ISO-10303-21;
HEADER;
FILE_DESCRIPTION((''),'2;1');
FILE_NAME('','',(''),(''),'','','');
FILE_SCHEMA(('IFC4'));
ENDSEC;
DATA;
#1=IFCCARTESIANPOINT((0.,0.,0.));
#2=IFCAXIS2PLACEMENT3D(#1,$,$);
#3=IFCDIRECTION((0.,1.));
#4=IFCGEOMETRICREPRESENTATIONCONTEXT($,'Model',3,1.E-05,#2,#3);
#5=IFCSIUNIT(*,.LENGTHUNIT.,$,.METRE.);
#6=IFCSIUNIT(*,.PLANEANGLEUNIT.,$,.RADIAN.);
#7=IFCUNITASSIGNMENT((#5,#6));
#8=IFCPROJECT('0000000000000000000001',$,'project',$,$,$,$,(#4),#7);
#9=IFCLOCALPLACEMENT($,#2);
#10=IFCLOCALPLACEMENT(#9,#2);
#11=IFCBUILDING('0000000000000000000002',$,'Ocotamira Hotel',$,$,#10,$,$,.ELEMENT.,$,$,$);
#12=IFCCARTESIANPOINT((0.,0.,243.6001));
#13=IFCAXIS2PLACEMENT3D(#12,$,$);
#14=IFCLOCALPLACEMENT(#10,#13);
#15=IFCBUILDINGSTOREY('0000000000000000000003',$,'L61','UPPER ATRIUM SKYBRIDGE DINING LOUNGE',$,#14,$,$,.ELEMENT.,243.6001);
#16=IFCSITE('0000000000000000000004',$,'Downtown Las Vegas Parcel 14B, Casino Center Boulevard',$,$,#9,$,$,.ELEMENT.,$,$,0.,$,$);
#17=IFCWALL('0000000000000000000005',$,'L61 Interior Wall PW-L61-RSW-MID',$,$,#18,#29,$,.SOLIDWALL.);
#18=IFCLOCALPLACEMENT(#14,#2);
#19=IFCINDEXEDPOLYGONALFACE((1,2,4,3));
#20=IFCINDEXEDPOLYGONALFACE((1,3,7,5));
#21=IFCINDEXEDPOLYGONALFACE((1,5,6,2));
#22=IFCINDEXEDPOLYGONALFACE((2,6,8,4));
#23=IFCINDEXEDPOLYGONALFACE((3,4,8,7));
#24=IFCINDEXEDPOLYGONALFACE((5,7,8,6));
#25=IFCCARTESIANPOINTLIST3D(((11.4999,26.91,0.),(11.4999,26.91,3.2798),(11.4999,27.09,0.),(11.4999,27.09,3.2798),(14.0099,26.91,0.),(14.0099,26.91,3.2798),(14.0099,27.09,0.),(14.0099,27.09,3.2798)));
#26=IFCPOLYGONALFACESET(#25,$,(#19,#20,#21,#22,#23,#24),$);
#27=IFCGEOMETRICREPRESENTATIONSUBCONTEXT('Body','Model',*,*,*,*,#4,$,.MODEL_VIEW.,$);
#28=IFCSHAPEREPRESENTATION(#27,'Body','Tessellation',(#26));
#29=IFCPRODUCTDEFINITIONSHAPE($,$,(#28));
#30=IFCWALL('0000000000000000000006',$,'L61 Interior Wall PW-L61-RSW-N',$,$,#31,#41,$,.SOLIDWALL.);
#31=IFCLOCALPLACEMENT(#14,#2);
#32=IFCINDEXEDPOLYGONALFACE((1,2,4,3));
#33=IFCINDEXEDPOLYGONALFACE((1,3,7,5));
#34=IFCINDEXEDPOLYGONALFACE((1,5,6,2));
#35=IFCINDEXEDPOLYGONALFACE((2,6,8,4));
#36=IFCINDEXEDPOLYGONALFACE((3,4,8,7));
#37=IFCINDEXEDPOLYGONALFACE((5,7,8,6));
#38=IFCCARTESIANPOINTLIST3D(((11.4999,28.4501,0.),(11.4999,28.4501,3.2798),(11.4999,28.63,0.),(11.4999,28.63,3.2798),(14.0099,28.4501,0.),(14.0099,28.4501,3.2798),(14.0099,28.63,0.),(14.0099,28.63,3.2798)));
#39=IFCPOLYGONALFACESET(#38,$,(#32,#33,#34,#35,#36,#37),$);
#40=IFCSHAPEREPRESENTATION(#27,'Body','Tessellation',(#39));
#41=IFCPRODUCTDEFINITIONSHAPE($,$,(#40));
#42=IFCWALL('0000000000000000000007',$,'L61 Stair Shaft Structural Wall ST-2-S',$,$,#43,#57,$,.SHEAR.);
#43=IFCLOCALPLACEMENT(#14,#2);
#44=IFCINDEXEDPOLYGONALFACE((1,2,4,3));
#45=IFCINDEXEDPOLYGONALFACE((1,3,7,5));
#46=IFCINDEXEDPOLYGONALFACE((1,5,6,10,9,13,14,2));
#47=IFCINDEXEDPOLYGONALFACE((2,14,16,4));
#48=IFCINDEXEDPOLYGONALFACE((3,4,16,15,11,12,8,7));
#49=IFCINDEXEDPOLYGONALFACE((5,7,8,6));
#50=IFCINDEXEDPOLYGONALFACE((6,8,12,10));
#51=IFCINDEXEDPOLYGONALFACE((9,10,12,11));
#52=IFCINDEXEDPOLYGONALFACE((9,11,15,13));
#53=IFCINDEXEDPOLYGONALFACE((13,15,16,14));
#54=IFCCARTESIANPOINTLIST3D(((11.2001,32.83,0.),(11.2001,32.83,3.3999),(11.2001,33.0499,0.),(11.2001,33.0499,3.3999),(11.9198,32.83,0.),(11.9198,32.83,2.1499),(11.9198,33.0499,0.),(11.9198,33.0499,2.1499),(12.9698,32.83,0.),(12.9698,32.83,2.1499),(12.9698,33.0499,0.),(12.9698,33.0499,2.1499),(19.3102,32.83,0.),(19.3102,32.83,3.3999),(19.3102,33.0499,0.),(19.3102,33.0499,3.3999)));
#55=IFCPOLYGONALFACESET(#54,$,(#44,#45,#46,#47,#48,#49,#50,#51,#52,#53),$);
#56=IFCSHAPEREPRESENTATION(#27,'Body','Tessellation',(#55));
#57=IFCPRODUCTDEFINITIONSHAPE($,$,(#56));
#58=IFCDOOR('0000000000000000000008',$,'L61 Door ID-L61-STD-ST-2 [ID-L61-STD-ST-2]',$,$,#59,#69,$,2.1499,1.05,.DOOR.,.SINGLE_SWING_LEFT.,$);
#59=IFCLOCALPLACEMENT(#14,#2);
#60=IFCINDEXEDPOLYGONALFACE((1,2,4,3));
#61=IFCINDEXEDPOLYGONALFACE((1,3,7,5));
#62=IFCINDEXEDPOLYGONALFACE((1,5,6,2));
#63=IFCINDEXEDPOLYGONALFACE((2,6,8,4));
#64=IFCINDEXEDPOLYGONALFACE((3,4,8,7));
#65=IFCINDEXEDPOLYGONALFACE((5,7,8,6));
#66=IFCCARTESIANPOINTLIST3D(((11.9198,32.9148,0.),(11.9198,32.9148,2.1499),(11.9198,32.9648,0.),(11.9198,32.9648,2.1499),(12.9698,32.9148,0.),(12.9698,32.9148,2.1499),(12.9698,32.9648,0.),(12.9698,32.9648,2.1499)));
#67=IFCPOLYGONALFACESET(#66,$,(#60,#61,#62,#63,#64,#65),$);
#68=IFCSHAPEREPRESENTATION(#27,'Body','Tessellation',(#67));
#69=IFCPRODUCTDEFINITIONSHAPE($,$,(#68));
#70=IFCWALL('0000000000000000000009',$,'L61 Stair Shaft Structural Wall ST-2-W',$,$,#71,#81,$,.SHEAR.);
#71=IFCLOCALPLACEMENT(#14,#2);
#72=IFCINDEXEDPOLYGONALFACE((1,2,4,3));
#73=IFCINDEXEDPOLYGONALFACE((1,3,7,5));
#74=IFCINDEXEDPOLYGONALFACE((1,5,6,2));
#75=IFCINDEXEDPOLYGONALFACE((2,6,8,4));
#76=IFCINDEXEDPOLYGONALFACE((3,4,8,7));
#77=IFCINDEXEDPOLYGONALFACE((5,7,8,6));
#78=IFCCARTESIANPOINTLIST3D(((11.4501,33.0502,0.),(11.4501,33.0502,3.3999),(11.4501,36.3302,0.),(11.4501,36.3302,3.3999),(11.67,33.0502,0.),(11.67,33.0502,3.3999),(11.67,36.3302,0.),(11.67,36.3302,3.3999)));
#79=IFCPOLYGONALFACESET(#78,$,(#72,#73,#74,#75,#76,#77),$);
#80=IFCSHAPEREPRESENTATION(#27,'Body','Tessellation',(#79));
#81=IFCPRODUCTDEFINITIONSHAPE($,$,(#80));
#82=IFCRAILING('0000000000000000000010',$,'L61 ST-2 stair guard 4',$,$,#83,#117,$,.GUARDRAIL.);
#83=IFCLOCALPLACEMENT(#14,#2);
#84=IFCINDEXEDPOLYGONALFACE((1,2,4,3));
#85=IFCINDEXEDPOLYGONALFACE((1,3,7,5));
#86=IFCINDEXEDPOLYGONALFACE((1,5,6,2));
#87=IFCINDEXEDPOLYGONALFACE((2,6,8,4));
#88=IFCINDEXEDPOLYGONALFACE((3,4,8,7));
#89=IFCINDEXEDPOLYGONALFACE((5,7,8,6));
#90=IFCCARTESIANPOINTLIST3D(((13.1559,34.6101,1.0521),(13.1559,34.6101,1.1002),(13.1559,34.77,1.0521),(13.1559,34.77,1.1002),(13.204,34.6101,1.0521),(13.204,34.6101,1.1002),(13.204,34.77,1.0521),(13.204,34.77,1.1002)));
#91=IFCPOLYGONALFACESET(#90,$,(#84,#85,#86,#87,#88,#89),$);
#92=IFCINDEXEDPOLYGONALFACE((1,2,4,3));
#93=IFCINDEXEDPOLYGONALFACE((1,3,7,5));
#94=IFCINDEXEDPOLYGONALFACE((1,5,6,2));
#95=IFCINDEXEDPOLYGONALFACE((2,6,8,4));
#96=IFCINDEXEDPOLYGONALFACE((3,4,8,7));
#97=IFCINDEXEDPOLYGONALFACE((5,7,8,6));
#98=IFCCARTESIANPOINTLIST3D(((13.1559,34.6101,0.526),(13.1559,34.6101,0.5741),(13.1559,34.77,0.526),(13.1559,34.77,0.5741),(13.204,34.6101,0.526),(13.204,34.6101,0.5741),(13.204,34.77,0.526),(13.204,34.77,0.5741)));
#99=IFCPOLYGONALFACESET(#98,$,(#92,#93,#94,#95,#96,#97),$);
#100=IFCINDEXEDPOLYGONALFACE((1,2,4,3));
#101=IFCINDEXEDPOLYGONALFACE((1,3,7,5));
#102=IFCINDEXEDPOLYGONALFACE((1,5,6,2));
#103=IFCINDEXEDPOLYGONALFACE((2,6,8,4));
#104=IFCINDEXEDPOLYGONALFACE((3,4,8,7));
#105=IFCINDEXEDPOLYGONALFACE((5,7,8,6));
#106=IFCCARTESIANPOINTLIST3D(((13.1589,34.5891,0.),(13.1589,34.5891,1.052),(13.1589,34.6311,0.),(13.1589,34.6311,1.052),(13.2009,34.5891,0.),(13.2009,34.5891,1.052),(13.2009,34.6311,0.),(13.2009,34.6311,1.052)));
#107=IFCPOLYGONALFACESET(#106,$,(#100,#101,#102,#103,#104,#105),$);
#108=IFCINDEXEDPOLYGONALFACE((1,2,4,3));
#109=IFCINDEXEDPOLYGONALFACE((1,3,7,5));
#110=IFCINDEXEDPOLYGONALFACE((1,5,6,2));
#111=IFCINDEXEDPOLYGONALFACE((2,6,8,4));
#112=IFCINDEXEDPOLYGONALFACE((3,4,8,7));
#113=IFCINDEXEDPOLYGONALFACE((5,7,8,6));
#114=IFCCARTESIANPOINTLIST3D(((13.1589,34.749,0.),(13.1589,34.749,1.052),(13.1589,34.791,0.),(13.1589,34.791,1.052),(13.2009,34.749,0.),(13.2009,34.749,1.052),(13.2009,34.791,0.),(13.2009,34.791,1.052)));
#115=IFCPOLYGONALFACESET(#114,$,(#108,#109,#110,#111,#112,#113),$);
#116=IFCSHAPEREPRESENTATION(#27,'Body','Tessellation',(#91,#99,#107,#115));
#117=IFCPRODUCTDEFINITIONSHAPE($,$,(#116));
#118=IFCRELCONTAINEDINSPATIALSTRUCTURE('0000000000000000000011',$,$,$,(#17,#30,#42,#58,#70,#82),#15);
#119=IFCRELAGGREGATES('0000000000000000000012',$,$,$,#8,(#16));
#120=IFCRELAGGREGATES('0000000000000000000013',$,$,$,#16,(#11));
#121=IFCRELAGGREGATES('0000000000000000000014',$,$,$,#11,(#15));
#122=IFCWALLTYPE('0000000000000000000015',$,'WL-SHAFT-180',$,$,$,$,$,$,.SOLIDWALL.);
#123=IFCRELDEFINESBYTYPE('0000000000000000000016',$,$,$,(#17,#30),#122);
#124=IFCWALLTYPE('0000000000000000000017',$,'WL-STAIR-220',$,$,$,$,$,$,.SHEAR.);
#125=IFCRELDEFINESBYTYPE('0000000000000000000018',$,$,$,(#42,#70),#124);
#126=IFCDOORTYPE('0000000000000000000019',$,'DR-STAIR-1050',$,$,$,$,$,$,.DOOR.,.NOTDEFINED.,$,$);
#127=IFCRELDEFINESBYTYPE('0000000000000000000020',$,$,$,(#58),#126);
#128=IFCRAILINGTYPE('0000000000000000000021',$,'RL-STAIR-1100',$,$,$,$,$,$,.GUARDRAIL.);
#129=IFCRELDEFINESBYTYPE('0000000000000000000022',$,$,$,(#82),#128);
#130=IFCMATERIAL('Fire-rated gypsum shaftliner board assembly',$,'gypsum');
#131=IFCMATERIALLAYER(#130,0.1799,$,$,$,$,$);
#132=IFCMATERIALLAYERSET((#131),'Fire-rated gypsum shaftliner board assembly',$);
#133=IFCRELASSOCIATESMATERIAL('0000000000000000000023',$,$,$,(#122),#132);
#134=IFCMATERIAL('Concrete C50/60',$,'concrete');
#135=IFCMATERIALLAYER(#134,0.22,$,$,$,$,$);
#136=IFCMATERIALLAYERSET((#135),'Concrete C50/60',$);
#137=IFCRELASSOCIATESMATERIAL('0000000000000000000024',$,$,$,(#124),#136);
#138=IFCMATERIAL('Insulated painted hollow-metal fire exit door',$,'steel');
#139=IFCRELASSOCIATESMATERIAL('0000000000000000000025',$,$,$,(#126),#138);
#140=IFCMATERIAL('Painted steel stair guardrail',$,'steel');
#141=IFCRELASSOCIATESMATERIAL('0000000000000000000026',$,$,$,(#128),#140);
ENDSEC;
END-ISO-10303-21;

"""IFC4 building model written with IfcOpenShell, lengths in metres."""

from ifc_helpers import new_model, si_unit, direction, frame, frame_2d, origin, origin_2d, place, context, subcontext, project, spatial, rectangle, extrude, source, transform, mapped, material, layer, layer_set, type_object, element, fill, save


model = new_model("IFC4")

# Units and contexts
model_context = context("Model", 3, precision=1e-05, world=origin(), true_north=direction((0.0, 1.0)))
body_context = subcontext(model_context, "Body", "Model", "MODEL_VIEW")
ifc_project = project(units=[si_unit("LENGTHUNIT", "METRE"), si_unit("PLANEANGLEUNIT", "RADIAN")], contexts=[model_context])

# Site, building, storey
site_placement = place(None, origin())
site = spatial("IfcSite", under=ifc_project, at=site_placement, Name="Downtown Las Vegas Parcel 14B, Casino Center Boulevard", CompositionType="ELEMENT", RefElevation=0.0)
building_placement = place(site_placement, origin())
building = spatial("IfcBuilding", under=site, at=building_placement, Name="Ocotamira Hotel", CompositionType="ELEMENT")
storey_placement = place(building_placement, frame((0.0, 0.0, 243.6001)))
storey = spatial("IfcBuildingStorey", under=building, at=storey_placement, Name="L61", Description="UPPER ATRIUM SKYBRIDGE DINING LOUNGE", CompositionType="ELEMENT", Elevation=243.6001)

# Walls
ifc_material_1 = material(Name="Fire-rated gypsum shaftliner board assembly", Category="gypsum")
ifc_layer_1 = layer(ifc_material_1, 0.1799)
ifc_layer_set_1 = layer_set([ifc_layer_1], Name="Fire-rated gypsum shaftliner board assembly")
wall_type_1 = type_object("IfcWallType", Name="WL-SHAFT-180", PredefinedType="SOLIDWALL", material=ifc_layer_set_1)
for number, where, z_axis, x_axis, name in (
    (1, (11.5, 27.0, 0.0), (0.0, 0.0, 1.0), (1.0, 0.0, 0.0), "L61 Interior Wall PW-L61-RSW-MID"),
    (2, (11.5, 28.54, 0.0), (0.0, 0.0, 1.0), (1.0, 0.0, 0.0), "L61 Interior Wall PW-L61-RSW-N"),
):
    element("IfcWall", number, at=place(storey_placement, frame(where, z_axis=z_axis, x_axis=x_axis)), inside=storey, type_object=wall_type_1, Name=name, PredefinedType="SOLIDWALL", context=body_context, shape_type="SweptSolid", body=[
        extrude(rectangle(XDim=2.51, YDim=0.1799, at=frame_2d((1.2549, 0.0))), origin(), (0.0, 0.0, 1.0), 3.2798),
    ])

# Wall, opening, door
ifc_material_2 = material(Name="Concrete C50/60", Category="concrete")
ifc_layer_2 = layer(ifc_material_2, 0.22)
ifc_layer_set_2 = layer_set([ifc_layer_2], Name="Concrete C50/60")
wall_type_2 = type_object("IfcWallType", Name="WL-STAIR-220", PredefinedType="SHEAR", material=ifc_layer_set_2)
wall_1_placement = place(storey_placement, frame((11.2, 32.9399, 0.0), z_axis=(0.0, 0.0, 1.0), x_axis=(1.0, 0.0, 0.0)))
wall_1 = element("IfcWall", 3, at=wall_1_placement, inside=storey, type_object=wall_type_2, Name="L61 Stair Shaft Structural Wall ST-2-S", PredefinedType="SHEAR", context=body_context, shape_type="SweptSolid", body=[
    extrude(rectangle(XDim=8.1101, YDim=0.22, at=frame_2d((4.0552, 0.0))), origin(), (0.0, 0.0, 1.0), 3.3999),
])
opening_1_placement = place(wall_1_placement, frame((0.72, 0.0, 0.0)))
opening_1 = element("IfcOpeningElement", 4, at=opening_1_placement, cuts=wall_1, PredefinedType="OPENING", context=body_context, shape_type="SweptSolid", body=[
    extrude(rectangle(XDim=1.05, YDim=2.1499, at=frame_2d((0.5249, 1.075))), frame((0.0, 0.1201, 0.0), z_axis=(0.0, -1.0, 0.0), x_axis=(1.0, 0.0, 0.0)), (0.0, 0.0, 1.0), 0.24),
])
ifc_material_3 = material(Name="Insulated painted hollow-metal fire exit door", Category="steel")
door_type_1 = type_object("IfcDoorType", Name="DR-STAIR-1050", OperationType="NOTDEFINED", PredefinedType="DOOR", material=ifc_material_3)
shared_shape_1 = source(origin(), body_context, "Body", "SweptSolid", [
    extrude(rectangle(XDim=1.05, YDim=2.1499, at=frame_2d((0.5249, 1.075))), frame((0.0, 0.0249, 0.0), z_axis=(0.0, -1.0, 0.0), x_axis=(1.0, 0.0, 0.0)), (0.0, 0.0, 1.0), 0.05),
])
door_1_placement = place(opening_1_placement, origin())
door_1 = element("IfcDoor", 5, at=door_1_placement, inside=storey, type_object=door_type_1, Name="L61 Door ID-L61-STD-ST-2 [ID-L61-STD-ST-2]", OperationType="SINGLE_SWING_LEFT", OverallHeight=2.1499, OverallWidth=1.05, PredefinedType="DOOR", context=body_context, shape_type="MappedRepresentation", body=[
    mapped(shared_shape_1, transform((0.0, 0.0, 0.0), scale=1.0)),
])
fill(opening_1, door_1)

# Wall
wall_2_placement = place(storey_placement, frame((11.5601, 33.05, 0.0), z_axis=(0.0, 0.0, 1.0), x_axis=(0.0, 1.0, 0.0)))
element("IfcWall", 6, at=wall_2_placement, inside=storey, type_object=wall_type_2, Name="L61 Stair Shaft Structural Wall ST-2-W", PredefinedType="SHEAR", context=body_context, shape_type="SweptSolid", body=[
    extrude(rectangle(XDim=3.28, YDim=0.22, at=frame_2d((1.6401, 0.0))), origin(), (0.0, 0.0, 1.0), 3.3999),
])

# Railing
ifc_material_4 = material(Name="Painted steel stair guardrail", Category="steel")
railing_type = type_object("IfcRailingType", Name="RL-STAIR-1100", PredefinedType="GUARDRAIL", material=ifc_material_4)
railing_placement = place(storey_placement, frame((13.1799, 34.6101, 0.0)))
element("IfcRailing", 7, at=railing_placement, inside=storey, type_object=railing_type, Name="L61 ST-2 stair guard 4", PredefinedType="GUARDRAIL", context=body_context, shape_type="SweptSolid", body=[
    extrude(rectangle(XDim=0.0481, YDim=0.0481, at=origin_2d()), frame((0.0, 0.0, 1.0762), z_axis=(0.0, 1.0, 0.0), x_axis=(-1.0, 0.0, 0.0)), (0.0, 0.0, 1.0), 0.1599),
    extrude(rectangle(XDim=0.0481, YDim=0.0481, at=origin_2d()), frame((0.0, 0.0, 0.55), z_axis=(0.0, 1.0, 0.0), x_axis=(-1.0, 0.0, 0.0)), (0.0, 0.0, 1.0), 0.1599),
    extrude(rectangle(XDim=0.042, YDim=0.042, at=origin_2d()), origin(), (0.0, 0.0, 1.0), 1.052),
    extrude(rectangle(XDim=0.042, YDim=0.042, at=origin_2d()), frame((0.0, 0.1599, 0.0)), (0.0, 0.0, 1.0), 1.052),
])

save(model, "model.ifc")
